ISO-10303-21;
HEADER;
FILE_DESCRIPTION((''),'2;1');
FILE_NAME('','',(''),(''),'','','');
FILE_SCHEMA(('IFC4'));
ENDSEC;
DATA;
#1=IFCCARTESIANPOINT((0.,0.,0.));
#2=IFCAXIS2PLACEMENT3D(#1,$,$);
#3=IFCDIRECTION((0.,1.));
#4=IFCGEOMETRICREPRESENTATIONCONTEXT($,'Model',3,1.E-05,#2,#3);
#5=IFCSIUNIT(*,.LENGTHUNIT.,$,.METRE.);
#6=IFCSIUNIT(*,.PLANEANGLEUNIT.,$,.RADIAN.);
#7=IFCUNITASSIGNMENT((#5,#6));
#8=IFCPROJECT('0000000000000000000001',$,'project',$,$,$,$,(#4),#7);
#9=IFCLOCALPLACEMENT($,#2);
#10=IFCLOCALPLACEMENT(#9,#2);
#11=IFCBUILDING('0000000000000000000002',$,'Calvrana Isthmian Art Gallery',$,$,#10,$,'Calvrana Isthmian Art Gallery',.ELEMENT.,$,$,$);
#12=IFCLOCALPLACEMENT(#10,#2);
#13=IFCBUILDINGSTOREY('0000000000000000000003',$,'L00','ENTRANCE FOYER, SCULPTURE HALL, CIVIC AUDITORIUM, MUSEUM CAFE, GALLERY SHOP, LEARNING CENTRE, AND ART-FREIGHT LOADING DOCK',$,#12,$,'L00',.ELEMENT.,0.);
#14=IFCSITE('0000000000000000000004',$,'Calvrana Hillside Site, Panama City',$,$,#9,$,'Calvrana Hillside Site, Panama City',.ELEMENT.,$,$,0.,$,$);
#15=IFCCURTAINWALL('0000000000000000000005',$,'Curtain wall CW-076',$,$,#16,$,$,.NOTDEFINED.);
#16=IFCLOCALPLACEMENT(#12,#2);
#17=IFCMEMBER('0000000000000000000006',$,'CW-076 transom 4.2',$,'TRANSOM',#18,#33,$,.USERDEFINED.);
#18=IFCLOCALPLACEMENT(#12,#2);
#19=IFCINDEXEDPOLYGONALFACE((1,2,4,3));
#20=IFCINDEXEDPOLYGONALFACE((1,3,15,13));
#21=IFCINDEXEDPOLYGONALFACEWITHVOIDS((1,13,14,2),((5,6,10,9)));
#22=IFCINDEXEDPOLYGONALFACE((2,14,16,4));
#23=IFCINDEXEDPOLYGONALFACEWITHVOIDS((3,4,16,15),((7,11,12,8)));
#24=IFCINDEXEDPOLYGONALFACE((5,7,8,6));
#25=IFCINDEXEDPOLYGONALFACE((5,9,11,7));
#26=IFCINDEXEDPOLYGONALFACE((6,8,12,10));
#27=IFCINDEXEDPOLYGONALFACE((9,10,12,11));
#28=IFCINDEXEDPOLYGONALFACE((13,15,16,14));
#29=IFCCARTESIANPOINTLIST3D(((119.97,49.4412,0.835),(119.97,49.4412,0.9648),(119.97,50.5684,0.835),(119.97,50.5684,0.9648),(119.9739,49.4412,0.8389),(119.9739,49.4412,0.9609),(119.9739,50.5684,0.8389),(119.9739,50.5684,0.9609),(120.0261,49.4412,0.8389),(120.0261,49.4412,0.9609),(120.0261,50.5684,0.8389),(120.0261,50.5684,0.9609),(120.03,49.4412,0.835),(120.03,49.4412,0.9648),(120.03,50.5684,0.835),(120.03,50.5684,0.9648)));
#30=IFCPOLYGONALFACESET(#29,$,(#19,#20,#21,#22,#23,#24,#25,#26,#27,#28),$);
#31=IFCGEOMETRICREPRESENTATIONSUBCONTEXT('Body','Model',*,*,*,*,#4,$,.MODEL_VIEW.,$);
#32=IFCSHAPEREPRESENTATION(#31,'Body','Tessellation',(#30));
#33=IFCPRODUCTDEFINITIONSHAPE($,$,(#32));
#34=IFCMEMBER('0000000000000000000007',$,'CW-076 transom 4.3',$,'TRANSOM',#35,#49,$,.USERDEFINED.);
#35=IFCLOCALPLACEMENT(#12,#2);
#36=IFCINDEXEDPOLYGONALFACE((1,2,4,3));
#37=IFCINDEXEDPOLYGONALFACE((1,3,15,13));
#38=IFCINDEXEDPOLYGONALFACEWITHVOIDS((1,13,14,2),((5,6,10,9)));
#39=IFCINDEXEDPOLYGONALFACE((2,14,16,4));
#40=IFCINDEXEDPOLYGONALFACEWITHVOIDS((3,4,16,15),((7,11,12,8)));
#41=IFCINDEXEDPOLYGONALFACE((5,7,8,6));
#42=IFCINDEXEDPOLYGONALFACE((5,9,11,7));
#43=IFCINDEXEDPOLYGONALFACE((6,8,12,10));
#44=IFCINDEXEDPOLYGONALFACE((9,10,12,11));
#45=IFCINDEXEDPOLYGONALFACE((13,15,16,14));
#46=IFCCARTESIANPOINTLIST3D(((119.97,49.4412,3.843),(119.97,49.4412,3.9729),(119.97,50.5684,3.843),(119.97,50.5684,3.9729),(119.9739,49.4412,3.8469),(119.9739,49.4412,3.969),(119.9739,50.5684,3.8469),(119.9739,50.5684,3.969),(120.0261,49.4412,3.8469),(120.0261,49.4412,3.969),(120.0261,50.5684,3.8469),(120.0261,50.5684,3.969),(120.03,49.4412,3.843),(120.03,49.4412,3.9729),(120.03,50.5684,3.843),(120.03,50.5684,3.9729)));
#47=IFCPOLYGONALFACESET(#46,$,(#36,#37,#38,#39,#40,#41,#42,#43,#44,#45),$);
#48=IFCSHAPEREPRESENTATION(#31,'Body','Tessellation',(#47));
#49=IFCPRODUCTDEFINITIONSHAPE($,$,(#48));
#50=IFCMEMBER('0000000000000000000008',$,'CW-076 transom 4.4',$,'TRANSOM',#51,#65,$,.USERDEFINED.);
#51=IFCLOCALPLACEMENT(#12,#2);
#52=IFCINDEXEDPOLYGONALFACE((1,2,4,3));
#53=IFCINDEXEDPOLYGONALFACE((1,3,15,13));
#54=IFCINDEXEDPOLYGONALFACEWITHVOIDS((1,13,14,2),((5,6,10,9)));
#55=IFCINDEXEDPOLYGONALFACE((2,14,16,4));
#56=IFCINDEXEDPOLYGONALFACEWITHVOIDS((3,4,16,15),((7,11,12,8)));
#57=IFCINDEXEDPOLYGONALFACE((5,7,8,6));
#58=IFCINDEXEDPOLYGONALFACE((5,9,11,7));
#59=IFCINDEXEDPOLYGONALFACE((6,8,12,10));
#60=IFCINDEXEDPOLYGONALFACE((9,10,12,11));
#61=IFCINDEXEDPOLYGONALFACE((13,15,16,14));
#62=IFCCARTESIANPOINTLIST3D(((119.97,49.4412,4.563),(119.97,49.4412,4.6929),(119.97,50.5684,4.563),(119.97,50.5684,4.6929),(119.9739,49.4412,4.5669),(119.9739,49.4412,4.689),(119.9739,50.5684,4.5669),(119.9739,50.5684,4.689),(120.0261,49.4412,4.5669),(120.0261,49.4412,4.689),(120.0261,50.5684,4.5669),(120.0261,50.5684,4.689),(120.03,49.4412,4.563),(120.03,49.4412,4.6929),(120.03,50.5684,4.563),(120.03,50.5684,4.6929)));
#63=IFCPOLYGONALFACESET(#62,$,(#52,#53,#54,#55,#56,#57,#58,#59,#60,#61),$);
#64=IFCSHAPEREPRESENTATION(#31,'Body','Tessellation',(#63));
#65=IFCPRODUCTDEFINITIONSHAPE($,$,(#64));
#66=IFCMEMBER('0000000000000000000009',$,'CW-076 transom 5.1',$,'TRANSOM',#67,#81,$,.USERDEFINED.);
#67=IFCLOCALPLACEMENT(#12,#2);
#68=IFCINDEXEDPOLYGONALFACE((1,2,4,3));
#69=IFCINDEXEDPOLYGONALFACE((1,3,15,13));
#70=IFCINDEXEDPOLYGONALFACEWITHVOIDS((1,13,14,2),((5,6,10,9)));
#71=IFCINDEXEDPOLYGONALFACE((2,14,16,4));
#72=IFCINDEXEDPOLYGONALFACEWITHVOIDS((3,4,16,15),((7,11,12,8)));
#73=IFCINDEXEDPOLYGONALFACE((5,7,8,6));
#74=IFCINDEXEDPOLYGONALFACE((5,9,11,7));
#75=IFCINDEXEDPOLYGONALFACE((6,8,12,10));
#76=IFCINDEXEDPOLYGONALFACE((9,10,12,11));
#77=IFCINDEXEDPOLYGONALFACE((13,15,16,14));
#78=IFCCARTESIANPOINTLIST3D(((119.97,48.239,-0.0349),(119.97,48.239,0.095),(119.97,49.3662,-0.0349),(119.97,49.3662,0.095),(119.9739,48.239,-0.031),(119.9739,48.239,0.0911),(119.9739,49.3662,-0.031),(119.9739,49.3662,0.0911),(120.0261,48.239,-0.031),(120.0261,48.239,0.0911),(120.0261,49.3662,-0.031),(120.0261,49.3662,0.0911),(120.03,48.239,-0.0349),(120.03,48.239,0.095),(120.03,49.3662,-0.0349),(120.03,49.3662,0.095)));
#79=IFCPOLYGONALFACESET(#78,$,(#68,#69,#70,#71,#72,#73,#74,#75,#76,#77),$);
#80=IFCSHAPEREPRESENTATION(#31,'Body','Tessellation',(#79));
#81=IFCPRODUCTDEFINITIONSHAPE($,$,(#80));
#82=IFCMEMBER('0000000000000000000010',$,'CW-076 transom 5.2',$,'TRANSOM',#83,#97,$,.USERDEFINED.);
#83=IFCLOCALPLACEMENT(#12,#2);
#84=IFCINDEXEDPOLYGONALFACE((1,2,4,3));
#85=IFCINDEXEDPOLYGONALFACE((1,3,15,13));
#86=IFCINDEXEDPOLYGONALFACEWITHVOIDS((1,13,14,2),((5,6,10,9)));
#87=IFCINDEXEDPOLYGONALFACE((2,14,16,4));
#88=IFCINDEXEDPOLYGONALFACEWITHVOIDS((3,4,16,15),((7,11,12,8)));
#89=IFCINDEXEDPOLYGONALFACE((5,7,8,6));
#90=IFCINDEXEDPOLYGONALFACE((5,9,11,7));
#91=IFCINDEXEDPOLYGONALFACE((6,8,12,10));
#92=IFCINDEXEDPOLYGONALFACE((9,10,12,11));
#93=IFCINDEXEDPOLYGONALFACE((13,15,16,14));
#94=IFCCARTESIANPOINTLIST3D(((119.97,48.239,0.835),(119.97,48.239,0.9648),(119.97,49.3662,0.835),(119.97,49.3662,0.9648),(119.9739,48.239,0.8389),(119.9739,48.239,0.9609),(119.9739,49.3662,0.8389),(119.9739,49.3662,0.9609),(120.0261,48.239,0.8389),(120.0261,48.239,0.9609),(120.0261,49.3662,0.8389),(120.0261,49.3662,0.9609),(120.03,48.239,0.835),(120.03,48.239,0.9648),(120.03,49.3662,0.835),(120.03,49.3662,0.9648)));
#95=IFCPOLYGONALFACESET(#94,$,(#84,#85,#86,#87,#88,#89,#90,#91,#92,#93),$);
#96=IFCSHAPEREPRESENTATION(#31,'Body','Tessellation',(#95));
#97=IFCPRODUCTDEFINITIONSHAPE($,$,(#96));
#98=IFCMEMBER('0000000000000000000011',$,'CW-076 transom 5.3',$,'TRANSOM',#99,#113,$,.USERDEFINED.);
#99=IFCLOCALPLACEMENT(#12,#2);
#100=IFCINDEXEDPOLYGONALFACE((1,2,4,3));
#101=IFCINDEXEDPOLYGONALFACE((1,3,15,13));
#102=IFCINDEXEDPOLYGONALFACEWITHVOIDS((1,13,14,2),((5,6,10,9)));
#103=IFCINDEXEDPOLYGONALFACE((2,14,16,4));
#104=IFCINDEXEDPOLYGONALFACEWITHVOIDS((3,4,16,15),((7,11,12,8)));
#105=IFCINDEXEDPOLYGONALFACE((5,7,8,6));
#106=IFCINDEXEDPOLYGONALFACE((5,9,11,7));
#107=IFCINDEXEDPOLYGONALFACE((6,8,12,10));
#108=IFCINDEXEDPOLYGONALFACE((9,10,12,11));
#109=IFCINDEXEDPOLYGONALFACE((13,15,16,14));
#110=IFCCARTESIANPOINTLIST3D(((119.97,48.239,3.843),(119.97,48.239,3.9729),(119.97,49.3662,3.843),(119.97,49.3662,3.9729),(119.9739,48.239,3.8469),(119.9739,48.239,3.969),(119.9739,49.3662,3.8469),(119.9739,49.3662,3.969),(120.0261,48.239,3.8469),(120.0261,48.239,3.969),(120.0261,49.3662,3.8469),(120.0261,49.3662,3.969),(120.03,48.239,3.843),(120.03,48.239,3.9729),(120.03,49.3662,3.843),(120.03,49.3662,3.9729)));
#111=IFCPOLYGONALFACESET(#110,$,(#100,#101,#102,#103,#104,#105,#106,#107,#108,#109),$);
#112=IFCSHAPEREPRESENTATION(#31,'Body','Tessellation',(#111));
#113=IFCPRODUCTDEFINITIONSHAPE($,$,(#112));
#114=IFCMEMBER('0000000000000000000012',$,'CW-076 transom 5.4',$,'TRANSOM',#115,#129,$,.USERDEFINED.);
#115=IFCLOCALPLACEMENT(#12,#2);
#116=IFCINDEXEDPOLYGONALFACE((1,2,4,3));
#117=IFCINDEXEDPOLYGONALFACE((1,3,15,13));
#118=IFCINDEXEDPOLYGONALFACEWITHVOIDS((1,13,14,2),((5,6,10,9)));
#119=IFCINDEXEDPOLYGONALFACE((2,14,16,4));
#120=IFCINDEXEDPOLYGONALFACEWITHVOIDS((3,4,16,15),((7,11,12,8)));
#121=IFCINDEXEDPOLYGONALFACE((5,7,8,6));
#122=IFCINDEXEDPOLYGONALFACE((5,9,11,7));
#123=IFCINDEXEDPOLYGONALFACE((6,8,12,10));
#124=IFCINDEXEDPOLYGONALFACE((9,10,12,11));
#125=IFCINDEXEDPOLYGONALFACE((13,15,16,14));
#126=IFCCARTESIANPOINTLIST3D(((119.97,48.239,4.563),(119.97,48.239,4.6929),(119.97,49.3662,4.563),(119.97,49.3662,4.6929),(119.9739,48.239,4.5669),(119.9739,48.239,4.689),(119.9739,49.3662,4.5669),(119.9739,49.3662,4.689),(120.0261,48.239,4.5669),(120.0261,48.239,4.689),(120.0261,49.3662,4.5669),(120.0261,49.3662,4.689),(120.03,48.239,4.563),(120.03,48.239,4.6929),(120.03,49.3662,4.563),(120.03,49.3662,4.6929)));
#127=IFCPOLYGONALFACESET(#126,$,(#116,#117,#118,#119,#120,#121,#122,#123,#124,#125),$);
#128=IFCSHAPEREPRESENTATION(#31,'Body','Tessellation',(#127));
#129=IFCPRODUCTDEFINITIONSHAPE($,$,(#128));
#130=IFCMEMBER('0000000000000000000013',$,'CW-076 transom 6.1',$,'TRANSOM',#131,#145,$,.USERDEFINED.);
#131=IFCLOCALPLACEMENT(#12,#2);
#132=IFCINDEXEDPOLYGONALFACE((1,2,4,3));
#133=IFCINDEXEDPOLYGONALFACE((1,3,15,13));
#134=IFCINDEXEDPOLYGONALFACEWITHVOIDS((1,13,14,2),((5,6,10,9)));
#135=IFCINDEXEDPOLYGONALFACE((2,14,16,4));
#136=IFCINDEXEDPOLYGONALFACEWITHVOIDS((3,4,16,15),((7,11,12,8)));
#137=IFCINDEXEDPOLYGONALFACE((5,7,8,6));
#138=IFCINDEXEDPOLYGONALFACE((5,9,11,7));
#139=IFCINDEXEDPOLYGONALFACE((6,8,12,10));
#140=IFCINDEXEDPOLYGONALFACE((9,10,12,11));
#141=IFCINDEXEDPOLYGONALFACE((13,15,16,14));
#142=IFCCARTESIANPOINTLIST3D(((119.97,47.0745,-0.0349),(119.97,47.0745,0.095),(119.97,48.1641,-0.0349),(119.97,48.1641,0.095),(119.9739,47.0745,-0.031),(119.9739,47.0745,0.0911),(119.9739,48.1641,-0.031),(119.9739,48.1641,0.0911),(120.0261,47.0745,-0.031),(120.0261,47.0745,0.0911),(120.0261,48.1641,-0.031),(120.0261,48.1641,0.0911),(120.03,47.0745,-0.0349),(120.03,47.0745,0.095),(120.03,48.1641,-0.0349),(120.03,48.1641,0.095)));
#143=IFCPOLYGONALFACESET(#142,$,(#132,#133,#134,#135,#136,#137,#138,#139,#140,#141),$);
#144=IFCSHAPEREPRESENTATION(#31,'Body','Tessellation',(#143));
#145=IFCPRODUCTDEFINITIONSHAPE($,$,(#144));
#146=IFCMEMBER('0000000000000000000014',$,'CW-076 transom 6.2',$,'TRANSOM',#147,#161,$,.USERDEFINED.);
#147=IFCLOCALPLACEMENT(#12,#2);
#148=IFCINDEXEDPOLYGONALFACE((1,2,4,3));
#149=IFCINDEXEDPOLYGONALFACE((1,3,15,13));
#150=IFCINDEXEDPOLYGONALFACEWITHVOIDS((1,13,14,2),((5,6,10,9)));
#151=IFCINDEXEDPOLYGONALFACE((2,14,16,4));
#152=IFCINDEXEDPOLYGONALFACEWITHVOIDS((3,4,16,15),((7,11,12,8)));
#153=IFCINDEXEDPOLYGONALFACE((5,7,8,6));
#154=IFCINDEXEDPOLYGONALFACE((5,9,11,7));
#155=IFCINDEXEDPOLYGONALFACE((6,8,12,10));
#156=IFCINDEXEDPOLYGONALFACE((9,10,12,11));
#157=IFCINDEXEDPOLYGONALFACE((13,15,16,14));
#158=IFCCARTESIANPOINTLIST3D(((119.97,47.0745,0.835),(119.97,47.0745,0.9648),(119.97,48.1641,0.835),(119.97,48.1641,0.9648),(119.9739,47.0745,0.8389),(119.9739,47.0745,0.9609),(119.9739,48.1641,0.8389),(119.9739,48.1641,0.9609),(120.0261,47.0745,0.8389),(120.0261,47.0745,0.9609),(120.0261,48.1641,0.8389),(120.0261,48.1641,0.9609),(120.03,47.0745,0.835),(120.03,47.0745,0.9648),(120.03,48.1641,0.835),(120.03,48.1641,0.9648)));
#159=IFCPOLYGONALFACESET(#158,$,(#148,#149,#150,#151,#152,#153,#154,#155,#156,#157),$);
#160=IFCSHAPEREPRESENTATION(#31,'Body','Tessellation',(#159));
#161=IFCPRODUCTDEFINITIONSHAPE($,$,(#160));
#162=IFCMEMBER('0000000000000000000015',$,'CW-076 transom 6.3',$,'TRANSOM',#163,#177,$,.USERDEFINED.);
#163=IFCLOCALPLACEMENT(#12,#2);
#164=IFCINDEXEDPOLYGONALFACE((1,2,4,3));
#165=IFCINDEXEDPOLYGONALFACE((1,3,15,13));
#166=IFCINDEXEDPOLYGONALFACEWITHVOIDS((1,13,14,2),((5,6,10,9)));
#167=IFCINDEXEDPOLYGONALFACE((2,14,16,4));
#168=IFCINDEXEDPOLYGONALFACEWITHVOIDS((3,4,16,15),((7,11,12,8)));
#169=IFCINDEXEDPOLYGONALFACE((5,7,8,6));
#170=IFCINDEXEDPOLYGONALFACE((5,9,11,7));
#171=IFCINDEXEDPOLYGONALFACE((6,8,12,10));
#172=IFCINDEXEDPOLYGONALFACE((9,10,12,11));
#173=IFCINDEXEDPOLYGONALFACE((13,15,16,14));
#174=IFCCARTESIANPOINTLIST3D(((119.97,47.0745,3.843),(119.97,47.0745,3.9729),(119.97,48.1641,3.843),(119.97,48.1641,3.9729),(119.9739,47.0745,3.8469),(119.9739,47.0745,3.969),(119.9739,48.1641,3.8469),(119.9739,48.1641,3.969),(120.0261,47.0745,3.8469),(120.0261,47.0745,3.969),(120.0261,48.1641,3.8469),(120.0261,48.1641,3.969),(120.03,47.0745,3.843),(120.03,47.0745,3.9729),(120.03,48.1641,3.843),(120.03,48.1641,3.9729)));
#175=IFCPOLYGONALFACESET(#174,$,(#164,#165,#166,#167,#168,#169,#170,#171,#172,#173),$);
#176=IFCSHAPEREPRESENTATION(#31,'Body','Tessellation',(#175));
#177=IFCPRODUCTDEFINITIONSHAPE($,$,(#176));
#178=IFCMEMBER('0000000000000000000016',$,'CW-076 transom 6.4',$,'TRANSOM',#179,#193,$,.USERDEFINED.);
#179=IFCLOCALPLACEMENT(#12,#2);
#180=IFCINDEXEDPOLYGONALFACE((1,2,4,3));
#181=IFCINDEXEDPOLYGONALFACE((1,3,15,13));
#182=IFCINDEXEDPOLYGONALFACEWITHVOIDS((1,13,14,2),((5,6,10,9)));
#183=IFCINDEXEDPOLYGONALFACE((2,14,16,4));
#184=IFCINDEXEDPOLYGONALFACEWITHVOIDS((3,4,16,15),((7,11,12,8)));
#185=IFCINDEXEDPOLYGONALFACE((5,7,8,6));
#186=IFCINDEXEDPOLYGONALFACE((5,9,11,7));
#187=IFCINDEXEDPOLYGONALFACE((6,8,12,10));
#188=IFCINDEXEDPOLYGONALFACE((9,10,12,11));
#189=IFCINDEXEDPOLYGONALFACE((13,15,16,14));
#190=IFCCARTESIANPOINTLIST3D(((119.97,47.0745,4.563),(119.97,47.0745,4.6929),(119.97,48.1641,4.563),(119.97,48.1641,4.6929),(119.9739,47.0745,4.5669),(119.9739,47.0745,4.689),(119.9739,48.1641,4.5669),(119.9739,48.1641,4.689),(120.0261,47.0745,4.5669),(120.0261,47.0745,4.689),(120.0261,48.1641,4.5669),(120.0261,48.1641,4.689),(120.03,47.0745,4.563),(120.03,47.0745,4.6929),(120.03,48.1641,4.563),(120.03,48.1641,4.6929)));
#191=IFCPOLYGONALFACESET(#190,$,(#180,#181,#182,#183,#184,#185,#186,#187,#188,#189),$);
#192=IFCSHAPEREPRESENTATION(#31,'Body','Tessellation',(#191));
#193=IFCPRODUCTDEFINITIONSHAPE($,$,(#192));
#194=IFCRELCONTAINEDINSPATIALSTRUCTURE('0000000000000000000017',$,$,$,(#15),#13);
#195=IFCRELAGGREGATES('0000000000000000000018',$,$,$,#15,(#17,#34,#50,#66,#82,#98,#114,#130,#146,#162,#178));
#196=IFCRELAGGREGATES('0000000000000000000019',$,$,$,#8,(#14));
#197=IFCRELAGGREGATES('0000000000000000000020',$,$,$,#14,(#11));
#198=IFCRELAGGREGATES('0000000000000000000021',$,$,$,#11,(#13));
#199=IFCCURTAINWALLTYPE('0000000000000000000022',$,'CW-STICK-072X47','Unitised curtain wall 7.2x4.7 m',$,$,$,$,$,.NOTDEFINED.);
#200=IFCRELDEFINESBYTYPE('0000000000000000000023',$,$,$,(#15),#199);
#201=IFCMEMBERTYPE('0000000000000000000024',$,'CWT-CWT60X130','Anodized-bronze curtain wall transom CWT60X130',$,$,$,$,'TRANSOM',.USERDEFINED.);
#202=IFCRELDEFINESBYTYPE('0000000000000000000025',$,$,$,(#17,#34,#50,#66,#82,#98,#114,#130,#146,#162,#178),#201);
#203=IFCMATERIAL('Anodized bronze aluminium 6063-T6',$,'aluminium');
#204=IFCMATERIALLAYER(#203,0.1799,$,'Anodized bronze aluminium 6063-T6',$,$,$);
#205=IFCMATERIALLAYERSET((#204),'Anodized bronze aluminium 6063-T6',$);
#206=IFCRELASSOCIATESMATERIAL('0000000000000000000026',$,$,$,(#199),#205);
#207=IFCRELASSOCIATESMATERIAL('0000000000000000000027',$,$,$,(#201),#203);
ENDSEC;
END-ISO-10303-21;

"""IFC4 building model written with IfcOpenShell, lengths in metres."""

from ifc_helpers import new_model, si_unit, direction, frame, origin, origin_2d, place, context, subcontext, project, spatial, hollow_rectangle, extrude, material, layer, layer_set, material_profile, profile_set, type_object, element, aggregate, save


model = new_model("IFC4")

# Units and contexts
model_context = context("Model", 3, precision=1e-05, world=origin(), true_north=direction((0.0, 1.0)))
body_context = subcontext(model_context, "Body", "Model", "MODEL_VIEW")
ifc_project = project(units=[si_unit("LENGTHUNIT", "METRE"), si_unit("PLANEANGLEUNIT", "RADIAN")], contexts=[model_context])

# Site, building, storey
site_placement = place(None, origin())
site = spatial("IfcSite", under=ifc_project, at=site_placement, Name="Calvrana Hillside Site, Panama City", LongName="Calvrana Hillside Site, Panama City", CompositionType="ELEMENT", RefElevation=0.0)
building_placement = place(site_placement, origin())
building = spatial("IfcBuilding", under=site, at=building_placement, Name="Calvrana Isthmian Art Gallery", LongName="Calvrana Isthmian Art Gallery", CompositionType="ELEMENT")
storey_placement = place(building_placement, origin())
storey = spatial("IfcBuildingStorey", under=building, at=storey_placement, Name="L00", Description="ENTRANCE FOYER, SCULPTURE HALL, CIVIC AUDITORIUM, MUSEUM CAFE, GALLERY SHOP, LEARNING CENTRE, AND ART-FREIGHT LOADING DOCK", LongName="L00", CompositionType="ELEMENT", Elevation=0.0)

# Curtain wall, members
ifc_material_1 = material(Name="Anodized bronze aluminium 6063-T6", Category="aluminium")
ifc_layer_1 = layer(ifc_material_1, 0.1799, Name="Anodized bronze aluminium 6063-T6")
ifc_layer_set_1 = layer_set([ifc_layer_1], Name="Anodized bronze aluminium 6063-T6")
curtain_wall_type = type_object("IfcCurtainWallType", Name="CW-STICK-072X47", Description="Unitised curtain wall 7.2x4.7 m", PredefinedType="NOTDEFINED", material=ifc_layer_set_1)
curtain_wall_placement = place(storey_placement, origin())
curtain_wall = element("IfcCurtainWall", 1, at=curtain_wall_placement, inside=storey, type_object=curtain_wall_type, Name="Curtain wall CW-076", PredefinedType="NOTDEFINED")
ifc_material_profile_1 = material_profile(ifc_material_1, hollow_rectangle(XDim=0.0601, YDim=0.1299, WallThickness=0.0039, at=origin_2d()), Name="CWT60X130")
ifc_profile_set_1 = profile_set([ifc_material_profile_1], Name="Anodized bronze aluminium 6063-T6")
member_type_1 = type_object("IfcMemberType", Name="CWT-CWT60X130", Description="Anodized-bronze curtain wall transom CWT60X130", ElementType="TRANSOM", PredefinedType="USERDEFINED", material=ifc_profile_set_1)
member_1_placement = place(storey_placement, frame((120.0, 50.5684, 0.8999), z_axis=(0.0, -1.0, 0.0), x_axis=(1.0, 0.0, 0.0)))
member_1 = element("IfcMember", 2, at=member_1_placement, type_object=member_type_1, Name="CW-076 transom 4.2", ObjectType="TRANSOM", PredefinedType="USERDEFINED", context=body_context, shape_type="SweptSolid", body=[
    extrude(hollow_rectangle(XDim=0.0601, YDim=0.1299, WallThickness=0.0039, at=origin_2d()), origin(), (0.0, 0.0, 1.0), 1.1272),
])
member_2_placement = place(storey_placement, frame((120.0, 50.5684, 3.908), z_axis=(0.0, -1.0, 0.0), x_axis=(1.0, 0.0, 0.0)))
member_2 = element("IfcMember", 3, at=member_2_placement, type_object=member_type_1, Name="CW-076 transom 4.3", ObjectType="TRANSOM", PredefinedType="USERDEFINED", context=body_context, shape_type="SweptSolid", body=[
    extrude(hollow_rectangle(XDim=0.0601, YDim=0.1299, WallThickness=0.0039, at=origin_2d()), origin(), (0.0, 0.0, 1.0), 1.1272),
])
member_3_placement = place(storey_placement, frame((120.0, 50.5684, 4.6279), z_axis=(0.0, -1.0, 0.0), x_axis=(1.0, 0.0, 0.0)))
member_3 = element("IfcMember", 4, at=member_3_placement, type_object=member_type_1, Name="CW-076 transom 4.4", ObjectType="TRANSOM", PredefinedType="USERDEFINED", context=body_context, shape_type="SweptSolid", body=[
    extrude(hollow_rectangle(XDim=0.0601, YDim=0.1299, WallThickness=0.0039, at=origin_2d()), origin(), (0.0, 0.0, 1.0), 1.1272),
])
member_4_placement = place(storey_placement, frame((120.0, 49.3662, 0.03), z_axis=(0.0, -1.0, 0.0), x_axis=(1.0, 0.0, 0.0)))
member_4 = element("IfcMember", 5, at=member_4_placement, type_object=member_type_1, Name="CW-076 transom 5.1", ObjectType="TRANSOM", PredefinedType="USERDEFINED", context=body_context, shape_type="SweptSolid", body=[
    extrude(hollow_rectangle(XDim=0.0601, YDim=0.1299, WallThickness=0.0039, at=origin_2d()), origin(), (0.0, 0.0, 1.0), 1.1272),
])
member_5_placement = place(storey_placement, frame((120.0, 49.3662, 0.8999), z_axis=(0.0, -1.0, 0.0), x_axis=(1.0, 0.0, 0.0)))
member_5 = element("IfcMember", 6, at=member_5_placement, type_object=member_type_1, Name="CW-076 transom 5.2", ObjectType="TRANSOM", PredefinedType="USERDEFINED", context=body_context, shape_type="SweptSolid", body=[
    extrude(hollow_rectangle(XDim=0.0601, YDim=0.1299, WallThickness=0.0039, at=origin_2d()), origin(), (0.0, 0.0, 1.0), 1.1272),
])
member_6_placement = place(storey_placement, frame((120.0, 49.3662, 3.908), z_axis=(0.0, -1.0, 0.0), x_axis=(1.0, 0.0, 0.0)))
member_6 = element("IfcMember", 7, at=member_6_placement, type_object=member_type_1, Name="CW-076 transom 5.3", ObjectType="TRANSOM", PredefinedType="USERDEFINED", context=body_context, shape_type="SweptSolid", body=[
    extrude(hollow_rectangle(XDim=0.0601, YDim=0.1299, WallThickness=0.0039, at=origin_2d()), origin(), (0.0, 0.0, 1.0), 1.1272),
])
member_7_placement = place(storey_placement, frame((120.0, 49.3662, 4.6279), z_axis=(0.0, -1.0, 0.0), x_axis=(1.0, 0.0, 0.0)))
member_7 = element("IfcMember", 8, at=member_7_placement, type_object=member_type_1, Name="CW-076 transom 5.4", ObjectType="TRANSOM", PredefinedType="USERDEFINED", context=body_context, shape_type="SweptSolid", body=[
    extrude(hollow_rectangle(XDim=0.0601, YDim=0.1299, WallThickness=0.0039, at=origin_2d()), origin(), (0.0, 0.0, 1.0), 1.1272),
])
member_8_placement = place(storey_placement, frame((120.0, 48.1641, 0.03), z_axis=(0.0, -1.0, 0.0), x_axis=(1.0, 0.0, 0.0)))
member_8 = element("IfcMember", 9, at=member_8_placement, type_object=member_type_1, Name="CW-076 transom 6.1", ObjectType="TRANSOM", PredefinedType="USERDEFINED", context=body_context, shape_type="SweptSolid", body=[
    extrude(hollow_rectangle(XDim=0.0601, YDim=0.1299, WallThickness=0.0039, at=origin_2d()), origin(), (0.0, 0.0, 1.0), 1.0896),
])
member_9_placement = place(storey_placement, frame((120.0, 48.1641, 0.8999), z_axis=(0.0, -1.0, 0.0), x_axis=(1.0, 0.0, 0.0)))
member_9 = element("IfcMember", 10, at=member_9_placement, type_object=member_type_1, Name="CW-076 transom 6.2", ObjectType="TRANSOM", PredefinedType="USERDEFINED", context=body_context, shape_type="SweptSolid", body=[
    extrude(hollow_rectangle(XDim=0.0601, YDim=0.1299, WallThickness=0.0039, at=origin_2d()), origin(), (0.0, 0.0, 1.0), 1.0896),
])
member_10_placement = place(storey_placement, frame((120.0, 48.1641, 3.908), z_axis=(0.0, -1.0, 0.0), x_axis=(1.0, 0.0, 0.0)))
member_10 = element("IfcMember", 11, at=member_10_placement, type_object=member_type_1, Name="CW-076 transom 6.3", ObjectType="TRANSOM", PredefinedType="USERDEFINED", context=body_context, shape_type="SweptSolid", body=[
    extrude(hollow_rectangle(XDim=0.0601, YDim=0.1299, WallThickness=0.0039, at=origin_2d()), origin(), (0.0, 0.0, 1.0), 1.0896),
])
member_11_placement = place(storey_placement, frame((120.0, 48.1641, 4.6279), z_axis=(0.0, -1.0, 0.0), x_axis=(1.0, 0.0, 0.0)))
member_11 = element("IfcMember", 12, at=member_11_placement, type_object=member_type_1, Name="CW-076 transom 6.4", ObjectType="TRANSOM", PredefinedType="USERDEFINED", context=body_context, shape_type="SweptSolid", body=[
    extrude(hollow_rectangle(XDim=0.0601, YDim=0.1299, WallThickness=0.0039, at=origin_2d()), origin(), (0.0, 0.0, 1.0), 1.0896),
])
aggregate(curtain_wall, [member_1, member_2, member_3, member_4, member_5, member_6, member_7, member_8, member_9, member_10, member_11])

save(model, "model.ifc")
